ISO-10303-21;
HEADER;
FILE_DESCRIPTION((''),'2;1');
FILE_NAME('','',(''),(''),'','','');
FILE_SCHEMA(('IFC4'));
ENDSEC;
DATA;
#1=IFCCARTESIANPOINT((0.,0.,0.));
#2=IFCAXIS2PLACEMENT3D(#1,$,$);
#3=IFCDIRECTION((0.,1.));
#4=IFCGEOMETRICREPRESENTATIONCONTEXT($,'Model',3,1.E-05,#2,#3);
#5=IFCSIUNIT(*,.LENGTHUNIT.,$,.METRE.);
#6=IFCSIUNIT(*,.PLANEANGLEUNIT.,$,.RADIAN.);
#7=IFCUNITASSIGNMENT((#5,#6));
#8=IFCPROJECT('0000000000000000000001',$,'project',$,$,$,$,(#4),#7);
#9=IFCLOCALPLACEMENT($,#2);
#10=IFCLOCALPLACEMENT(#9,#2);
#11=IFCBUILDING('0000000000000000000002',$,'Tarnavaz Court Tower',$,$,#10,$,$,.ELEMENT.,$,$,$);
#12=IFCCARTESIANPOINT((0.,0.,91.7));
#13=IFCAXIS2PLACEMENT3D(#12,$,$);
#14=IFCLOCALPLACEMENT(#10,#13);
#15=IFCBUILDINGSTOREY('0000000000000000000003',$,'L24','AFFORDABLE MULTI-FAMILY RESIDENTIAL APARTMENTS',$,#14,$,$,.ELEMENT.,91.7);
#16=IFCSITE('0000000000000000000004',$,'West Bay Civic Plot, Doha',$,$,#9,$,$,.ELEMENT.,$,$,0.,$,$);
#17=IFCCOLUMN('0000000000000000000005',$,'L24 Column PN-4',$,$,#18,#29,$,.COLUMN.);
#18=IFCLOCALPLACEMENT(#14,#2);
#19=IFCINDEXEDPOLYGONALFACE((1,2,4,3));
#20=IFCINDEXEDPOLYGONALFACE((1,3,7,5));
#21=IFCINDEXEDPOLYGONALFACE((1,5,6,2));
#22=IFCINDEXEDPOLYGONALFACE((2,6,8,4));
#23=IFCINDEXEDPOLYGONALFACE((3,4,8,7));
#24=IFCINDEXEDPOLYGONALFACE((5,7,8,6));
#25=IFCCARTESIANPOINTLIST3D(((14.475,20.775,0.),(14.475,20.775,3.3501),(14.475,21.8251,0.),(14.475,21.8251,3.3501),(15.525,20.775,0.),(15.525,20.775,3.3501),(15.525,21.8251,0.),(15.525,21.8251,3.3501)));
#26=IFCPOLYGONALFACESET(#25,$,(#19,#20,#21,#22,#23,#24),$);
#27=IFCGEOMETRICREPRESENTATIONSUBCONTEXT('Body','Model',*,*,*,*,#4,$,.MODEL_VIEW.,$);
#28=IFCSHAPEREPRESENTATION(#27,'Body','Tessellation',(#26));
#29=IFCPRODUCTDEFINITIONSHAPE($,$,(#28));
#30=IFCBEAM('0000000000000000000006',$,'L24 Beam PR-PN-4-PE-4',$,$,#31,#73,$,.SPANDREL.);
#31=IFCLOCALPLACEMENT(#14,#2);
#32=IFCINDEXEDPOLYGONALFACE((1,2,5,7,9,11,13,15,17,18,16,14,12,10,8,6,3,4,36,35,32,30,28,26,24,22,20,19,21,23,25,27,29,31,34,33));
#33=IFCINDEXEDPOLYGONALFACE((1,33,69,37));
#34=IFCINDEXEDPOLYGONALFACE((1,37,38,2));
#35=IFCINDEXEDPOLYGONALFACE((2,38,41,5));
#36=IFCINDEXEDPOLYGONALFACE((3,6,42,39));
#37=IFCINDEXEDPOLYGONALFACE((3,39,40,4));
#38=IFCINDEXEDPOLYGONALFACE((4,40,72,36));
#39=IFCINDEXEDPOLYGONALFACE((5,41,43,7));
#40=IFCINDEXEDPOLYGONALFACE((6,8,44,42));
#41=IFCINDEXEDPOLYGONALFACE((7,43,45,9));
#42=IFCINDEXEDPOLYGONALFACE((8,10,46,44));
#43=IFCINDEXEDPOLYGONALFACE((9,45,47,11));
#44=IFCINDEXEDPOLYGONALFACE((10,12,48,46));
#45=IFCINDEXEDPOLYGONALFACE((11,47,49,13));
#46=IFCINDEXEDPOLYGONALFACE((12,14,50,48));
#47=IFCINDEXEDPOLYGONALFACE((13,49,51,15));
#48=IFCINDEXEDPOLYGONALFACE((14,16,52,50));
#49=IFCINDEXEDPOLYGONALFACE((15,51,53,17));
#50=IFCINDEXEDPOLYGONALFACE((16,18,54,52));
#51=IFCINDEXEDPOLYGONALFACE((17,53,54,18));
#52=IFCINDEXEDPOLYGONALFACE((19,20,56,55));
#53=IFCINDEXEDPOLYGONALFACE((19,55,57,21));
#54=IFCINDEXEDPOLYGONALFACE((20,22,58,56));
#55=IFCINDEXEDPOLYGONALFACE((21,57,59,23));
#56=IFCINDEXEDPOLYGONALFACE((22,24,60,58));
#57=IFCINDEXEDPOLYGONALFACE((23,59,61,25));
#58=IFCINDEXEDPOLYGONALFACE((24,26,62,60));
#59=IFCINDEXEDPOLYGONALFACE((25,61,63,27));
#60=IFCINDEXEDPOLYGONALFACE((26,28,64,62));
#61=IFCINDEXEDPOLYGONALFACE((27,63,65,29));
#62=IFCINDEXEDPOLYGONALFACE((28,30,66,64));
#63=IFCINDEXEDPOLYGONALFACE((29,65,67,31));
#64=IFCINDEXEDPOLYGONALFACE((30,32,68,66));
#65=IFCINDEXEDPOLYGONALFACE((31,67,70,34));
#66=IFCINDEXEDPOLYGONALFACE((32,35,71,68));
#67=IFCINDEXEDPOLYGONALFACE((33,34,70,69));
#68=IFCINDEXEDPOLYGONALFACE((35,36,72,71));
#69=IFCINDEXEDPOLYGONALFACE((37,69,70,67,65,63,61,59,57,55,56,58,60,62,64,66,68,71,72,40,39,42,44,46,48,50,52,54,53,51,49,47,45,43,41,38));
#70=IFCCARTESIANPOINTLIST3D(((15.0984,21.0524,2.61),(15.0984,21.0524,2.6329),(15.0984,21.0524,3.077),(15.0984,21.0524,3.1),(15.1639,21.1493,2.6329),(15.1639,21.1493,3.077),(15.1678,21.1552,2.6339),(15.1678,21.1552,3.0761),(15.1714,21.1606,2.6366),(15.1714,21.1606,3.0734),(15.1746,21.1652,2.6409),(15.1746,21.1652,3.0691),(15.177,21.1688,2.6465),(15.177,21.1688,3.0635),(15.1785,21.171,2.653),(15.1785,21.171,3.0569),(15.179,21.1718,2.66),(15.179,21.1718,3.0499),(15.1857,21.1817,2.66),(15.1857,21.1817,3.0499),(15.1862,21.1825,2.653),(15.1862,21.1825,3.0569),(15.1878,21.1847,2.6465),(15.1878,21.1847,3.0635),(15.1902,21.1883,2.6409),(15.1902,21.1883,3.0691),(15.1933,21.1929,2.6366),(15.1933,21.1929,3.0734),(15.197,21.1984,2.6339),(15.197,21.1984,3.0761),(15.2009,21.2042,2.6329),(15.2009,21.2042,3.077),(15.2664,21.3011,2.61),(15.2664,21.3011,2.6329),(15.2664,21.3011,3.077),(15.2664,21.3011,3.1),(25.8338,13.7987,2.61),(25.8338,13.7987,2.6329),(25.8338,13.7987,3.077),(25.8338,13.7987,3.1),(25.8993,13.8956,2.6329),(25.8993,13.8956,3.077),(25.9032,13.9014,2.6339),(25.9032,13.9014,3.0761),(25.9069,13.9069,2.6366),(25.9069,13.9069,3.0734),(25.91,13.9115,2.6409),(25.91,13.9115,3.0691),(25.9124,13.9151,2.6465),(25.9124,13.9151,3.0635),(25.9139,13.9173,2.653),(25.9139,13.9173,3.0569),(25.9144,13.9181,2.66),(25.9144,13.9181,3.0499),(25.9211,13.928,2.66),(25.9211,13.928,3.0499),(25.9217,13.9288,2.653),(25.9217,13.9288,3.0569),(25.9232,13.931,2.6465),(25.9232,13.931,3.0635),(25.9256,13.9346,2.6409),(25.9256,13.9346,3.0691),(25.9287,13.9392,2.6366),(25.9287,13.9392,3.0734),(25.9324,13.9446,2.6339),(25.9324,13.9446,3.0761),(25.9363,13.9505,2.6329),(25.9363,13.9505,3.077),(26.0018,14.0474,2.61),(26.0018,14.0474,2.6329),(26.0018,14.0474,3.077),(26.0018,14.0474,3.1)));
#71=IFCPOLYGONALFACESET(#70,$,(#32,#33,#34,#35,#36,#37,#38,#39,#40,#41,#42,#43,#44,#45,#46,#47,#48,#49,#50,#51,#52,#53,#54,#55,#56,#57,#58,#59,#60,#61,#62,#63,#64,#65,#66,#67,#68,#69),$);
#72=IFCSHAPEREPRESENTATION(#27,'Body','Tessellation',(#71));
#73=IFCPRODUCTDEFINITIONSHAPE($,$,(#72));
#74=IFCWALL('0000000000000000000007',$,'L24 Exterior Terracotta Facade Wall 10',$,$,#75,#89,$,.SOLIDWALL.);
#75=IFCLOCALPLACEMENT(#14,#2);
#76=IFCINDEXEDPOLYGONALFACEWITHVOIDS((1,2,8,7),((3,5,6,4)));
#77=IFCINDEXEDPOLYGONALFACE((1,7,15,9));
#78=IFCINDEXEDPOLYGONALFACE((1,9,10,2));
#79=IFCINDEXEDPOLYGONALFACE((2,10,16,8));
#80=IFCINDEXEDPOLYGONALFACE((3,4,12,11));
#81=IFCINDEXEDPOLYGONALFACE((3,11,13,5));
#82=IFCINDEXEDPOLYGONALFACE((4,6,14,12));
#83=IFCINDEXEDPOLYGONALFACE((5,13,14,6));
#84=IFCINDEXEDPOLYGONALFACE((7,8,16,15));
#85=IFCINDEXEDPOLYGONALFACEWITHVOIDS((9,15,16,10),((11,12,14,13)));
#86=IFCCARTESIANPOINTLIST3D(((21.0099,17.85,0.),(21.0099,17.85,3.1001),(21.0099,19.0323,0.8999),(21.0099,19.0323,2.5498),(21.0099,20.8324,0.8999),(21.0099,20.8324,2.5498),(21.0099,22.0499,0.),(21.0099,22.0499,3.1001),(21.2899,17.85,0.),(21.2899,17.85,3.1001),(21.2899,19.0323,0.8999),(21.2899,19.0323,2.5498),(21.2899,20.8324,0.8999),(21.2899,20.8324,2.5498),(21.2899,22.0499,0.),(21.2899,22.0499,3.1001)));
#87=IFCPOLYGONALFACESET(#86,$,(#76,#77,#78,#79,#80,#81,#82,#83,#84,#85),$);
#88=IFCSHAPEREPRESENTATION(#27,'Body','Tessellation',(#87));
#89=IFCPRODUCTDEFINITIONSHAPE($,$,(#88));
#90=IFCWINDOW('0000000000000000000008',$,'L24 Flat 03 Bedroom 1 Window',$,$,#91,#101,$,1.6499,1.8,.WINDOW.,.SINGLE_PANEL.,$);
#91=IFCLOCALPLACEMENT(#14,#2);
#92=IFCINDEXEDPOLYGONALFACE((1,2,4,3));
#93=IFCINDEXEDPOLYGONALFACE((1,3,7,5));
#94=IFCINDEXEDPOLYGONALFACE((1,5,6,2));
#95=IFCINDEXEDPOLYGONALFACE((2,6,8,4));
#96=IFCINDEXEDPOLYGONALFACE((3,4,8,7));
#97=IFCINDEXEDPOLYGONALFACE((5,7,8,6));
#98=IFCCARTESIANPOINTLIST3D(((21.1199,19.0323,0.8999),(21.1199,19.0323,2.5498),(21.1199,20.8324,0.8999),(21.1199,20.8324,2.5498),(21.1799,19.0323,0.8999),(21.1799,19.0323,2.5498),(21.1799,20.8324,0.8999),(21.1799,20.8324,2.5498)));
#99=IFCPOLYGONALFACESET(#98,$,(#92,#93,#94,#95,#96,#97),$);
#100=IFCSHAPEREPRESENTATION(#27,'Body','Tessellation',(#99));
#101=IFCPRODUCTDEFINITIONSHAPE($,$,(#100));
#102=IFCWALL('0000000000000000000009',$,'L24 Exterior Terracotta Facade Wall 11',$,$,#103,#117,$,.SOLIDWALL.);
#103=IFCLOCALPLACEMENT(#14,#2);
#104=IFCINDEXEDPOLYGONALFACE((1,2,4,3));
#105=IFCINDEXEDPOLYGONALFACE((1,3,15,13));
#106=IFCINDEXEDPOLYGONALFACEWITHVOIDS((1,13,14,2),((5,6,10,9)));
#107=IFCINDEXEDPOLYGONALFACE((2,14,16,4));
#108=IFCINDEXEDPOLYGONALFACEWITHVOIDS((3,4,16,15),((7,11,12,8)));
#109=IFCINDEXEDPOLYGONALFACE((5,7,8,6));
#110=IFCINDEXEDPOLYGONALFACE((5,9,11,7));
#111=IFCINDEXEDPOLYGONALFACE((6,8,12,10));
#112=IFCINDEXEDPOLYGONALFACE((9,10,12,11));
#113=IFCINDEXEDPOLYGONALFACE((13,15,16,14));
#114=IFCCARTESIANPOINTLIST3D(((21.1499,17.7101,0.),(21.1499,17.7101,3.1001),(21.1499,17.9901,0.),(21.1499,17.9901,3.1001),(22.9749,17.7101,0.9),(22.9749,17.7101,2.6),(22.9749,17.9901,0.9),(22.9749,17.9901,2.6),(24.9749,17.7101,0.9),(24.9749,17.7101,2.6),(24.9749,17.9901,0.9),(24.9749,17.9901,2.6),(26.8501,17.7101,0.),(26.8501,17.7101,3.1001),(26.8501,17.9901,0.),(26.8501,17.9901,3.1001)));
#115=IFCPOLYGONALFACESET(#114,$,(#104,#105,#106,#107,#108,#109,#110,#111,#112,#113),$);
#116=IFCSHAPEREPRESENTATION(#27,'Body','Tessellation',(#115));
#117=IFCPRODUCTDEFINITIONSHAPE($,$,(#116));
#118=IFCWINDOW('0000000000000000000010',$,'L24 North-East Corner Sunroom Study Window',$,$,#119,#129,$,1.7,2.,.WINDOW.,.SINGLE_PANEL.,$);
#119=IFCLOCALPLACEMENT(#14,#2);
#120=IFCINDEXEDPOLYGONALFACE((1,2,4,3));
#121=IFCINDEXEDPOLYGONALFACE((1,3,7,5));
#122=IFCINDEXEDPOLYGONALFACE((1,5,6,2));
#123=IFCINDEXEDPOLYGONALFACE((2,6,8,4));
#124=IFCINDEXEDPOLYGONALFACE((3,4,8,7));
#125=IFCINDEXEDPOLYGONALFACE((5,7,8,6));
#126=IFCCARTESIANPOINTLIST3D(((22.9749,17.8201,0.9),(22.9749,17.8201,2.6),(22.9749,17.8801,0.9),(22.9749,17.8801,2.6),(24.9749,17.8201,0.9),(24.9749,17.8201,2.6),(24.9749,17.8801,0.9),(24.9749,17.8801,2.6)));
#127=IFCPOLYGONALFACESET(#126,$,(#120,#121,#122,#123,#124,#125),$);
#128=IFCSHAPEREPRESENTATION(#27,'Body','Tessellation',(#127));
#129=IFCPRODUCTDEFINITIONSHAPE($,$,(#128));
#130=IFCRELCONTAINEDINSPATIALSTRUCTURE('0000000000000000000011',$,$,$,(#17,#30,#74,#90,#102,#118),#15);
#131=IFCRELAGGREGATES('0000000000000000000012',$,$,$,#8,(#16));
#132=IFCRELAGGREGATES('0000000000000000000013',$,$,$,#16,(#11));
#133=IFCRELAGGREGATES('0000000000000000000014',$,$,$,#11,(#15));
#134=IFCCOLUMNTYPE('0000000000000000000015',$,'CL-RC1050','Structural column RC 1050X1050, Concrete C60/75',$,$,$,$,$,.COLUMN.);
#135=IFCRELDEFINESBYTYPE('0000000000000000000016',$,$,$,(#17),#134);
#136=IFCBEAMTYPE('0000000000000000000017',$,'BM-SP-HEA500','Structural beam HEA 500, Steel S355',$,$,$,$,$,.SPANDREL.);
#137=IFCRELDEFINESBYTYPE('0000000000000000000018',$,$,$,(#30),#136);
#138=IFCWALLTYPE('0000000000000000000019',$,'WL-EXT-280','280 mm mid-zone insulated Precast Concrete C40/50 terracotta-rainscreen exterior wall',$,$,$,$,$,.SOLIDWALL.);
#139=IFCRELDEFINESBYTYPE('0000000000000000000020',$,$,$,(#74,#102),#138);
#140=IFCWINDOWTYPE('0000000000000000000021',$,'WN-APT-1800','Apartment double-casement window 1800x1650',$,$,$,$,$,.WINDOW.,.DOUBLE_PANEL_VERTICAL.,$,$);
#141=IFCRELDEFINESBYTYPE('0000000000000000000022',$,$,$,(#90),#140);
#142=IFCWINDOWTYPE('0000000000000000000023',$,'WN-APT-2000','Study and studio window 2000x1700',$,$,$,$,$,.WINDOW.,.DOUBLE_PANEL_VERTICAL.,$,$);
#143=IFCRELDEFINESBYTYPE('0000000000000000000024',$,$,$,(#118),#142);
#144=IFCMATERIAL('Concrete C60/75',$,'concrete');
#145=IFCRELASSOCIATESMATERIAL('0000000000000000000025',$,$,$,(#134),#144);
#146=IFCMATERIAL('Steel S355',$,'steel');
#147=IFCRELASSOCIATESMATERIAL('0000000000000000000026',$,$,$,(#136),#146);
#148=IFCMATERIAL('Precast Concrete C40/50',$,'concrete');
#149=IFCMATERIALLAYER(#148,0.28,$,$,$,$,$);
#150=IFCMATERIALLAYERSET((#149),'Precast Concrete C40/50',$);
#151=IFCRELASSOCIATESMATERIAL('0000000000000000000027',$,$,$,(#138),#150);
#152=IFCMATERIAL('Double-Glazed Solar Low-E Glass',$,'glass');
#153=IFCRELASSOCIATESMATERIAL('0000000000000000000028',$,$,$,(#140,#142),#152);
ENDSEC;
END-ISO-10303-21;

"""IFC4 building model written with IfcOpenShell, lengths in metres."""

from ifc_helpers import new_model, si_unit, direction, frame, frame_2d, origin, origin_2d, place, context, subcontext, project, spatial, rectangle, i_section, extrude, material, layer, layer_set, material_profile, profile_set, type_object, element, fill, save


model = new_model("IFC4")

# Units and contexts
model_context = context("Model", 3, precision=1e-05, world=origin(), true_north=direction((0.0, 1.0)))
body_context = subcontext(model_context, "Body", "Model", "MODEL_VIEW")
ifc_project = project(units=[si_unit("LENGTHUNIT", "METRE"), si_unit("PLANEANGLEUNIT", "RADIAN")], contexts=[model_context])

# Site, building, storey
site_placement = place(None, origin())
site = spatial("IfcSite", under=ifc_project, at=site_placement, Name="West Bay Civic Plot, Doha", CompositionType="ELEMENT", RefElevation=0.0)
building_placement = place(site_placement, origin())
building = spatial("IfcBuilding", under=site, at=building_placement, Name="Tarnavaz Court Tower", CompositionType="ELEMENT")
storey_placement = place(building_placement, frame((0.0, 0.0, 91.7)))
storey = spatial("IfcBuildingStorey", under=building, at=storey_placement, Name="L24", Description="AFFORDABLE MULTI-FAMILY RESIDENTIAL APARTMENTS", CompositionType="ELEMENT", Elevation=91.7)

# Column
ifc_material_1 = material(Name="Concrete C60/75", Category="concrete")
ifc_material_profile_1 = material_profile(ifc_material_1, rectangle(XDim=1.05, YDim=1.05, at=origin_2d()), Name="RC 1050X1050")
ifc_profile_set_1 = profile_set([ifc_material_profile_1], Name="Concrete C60/75")
column_type = type_object("IfcColumnType", Name="CL-RC1050", Description="Structural column RC 1050X1050, Concrete C60/75", PredefinedType="COLUMN", material=ifc_profile_set_1)
column_placement = place(storey_placement, frame((15.0, 21.3, 0.0), z_axis=(0.0, 0.0, 1.0), x_axis=(1.0, 0.0, 0.0)))
element("IfcColumn", 1, at=column_placement, inside=storey, type_object=column_type, Name="L24 Column PN-4", PredefinedType="COLUMN", context=body_context, shape_type="SweptSolid", body=[
    extrude(rectangle(XDim=1.05, YDim=1.05, at=origin_2d()), origin(), (0.0, 0.0, 1.0), 3.3501),
])

# Beam
ifc_material_2 = material(Name="Steel S355", Category="steel")
ifc_material_profile_2 = material_profile(ifc_material_2, i_section(OverallWidth=0.3, OverallDepth=0.49, WebThickness=0.012, FlangeThickness=0.0229, FilletRadius=0.0271, at=origin_2d()), Name="HEA 500")
ifc_profile_set_2 = profile_set([ifc_material_profile_2], Name="Steel S355")
beam_type = type_object("IfcBeamType", Name="BM-SP-HEA500", Description="Structural beam HEA 500, Steel S355", PredefinedType="SPANDREL", material=ifc_profile_set_2)
beam_placement = place(storey_placement, frame((15.1824, 21.1768, 2.855), z_axis=(0.828587, -0.55986, 0.0), x_axis=(0.55986, 0.828587, 0.0)))
element("IfcBeam", 2, at=beam_placement, inside=storey, type_object=beam_type, Name="L24 Beam PR-PN-4-PE-4", PredefinedType="SPANDREL", context=body_context, shape_type="SweptSolid", body=[
    extrude(i_section(OverallWidth=0.3, OverallDepth=0.49, WebThickness=0.012, FlangeThickness=0.0229, FilletRadius=0.0271, at=origin_2d()), origin(), (0.0, 0.0, 1.0), 12.9563),
])

# Walls, openings, windows
ifc_material_3 = material(Name="Precast Concrete C40/50", Category="concrete")
ifc_layer = layer(ifc_material_3, 0.28)
ifc_layer_set = layer_set([ifc_layer], Name="Precast Concrete C40/50")
wall_type = type_object("IfcWallType", Name="WL-EXT-280", Description="280 mm mid-zone insulated Precast Concrete C40/50 terracotta-rainscreen exterior wall", PredefinedType="SOLIDWALL", material=ifc_layer_set)
wall_1_placement = place(storey_placement, frame((21.1499, 22.05, 0.0), z_axis=(0.0, 0.0, 1.0), x_axis=(0.0, -1.0, 0.0)))
wall_1 = element("IfcWall", 3, at=wall_1_placement, inside=storey, type_object=wall_type, Name="L24 Exterior Terracotta Facade Wall 10", PredefinedType="SOLIDWALL", context=body_context, shape_type="SweptSolid", body=[
    extrude(rectangle(XDim=4.2, YDim=0.28, at=frame_2d((2.1001, 0.0))), origin(), (0.0, 0.0, 1.0), 3.1001),
])
opening_1_placement = place(wall_1_placement, frame((1.2178, 0.0, 0.8999)))
opening_1 = element("IfcOpeningElement", 4, at=opening_1_placement, cuts=wall_1, PredefinedType="OPENING", context=body_context, shape_type="SweptSolid", body=[
    extrude(rectangle(XDim=1.8, YDim=1.6499, at=frame_2d((0.8999, 0.825))), frame((0.0, 0.1499, 0.0), z_axis=(0.0, -1.0, 0.0), x_axis=(1.0, 0.0, 0.0)), (0.0, 0.0, 1.0), 0.3),
])
ifc_material_4 = material(Name="Double-Glazed Solar Low-E Glass", Category="glass")
window_type_1 = type_object("IfcWindowType", Name="WN-APT-1800", Description="Apartment double-casement window 1800x1650", PartitioningType="DOUBLE_PANEL_VERTICAL", PredefinedType="WINDOW", material=ifc_material_4)
window_1_placement = place(opening_1_placement, origin())
window_1 = element("IfcWindow", 5, at=window_1_placement, inside=storey, type_object=window_type_1, Name="L24 Flat 03 Bedroom 1 Window", OverallHeight=1.6499, OverallWidth=1.8, PartitioningType="SINGLE_PANEL", PredefinedType="WINDOW", context=body_context, shape_type="SweptSolid", body=[
    extrude(rectangle(XDim=1.8, YDim=1.6499, at=frame_2d((0.8999, 0.825))), frame((0.0, 0.03, 0.0), z_axis=(0.0, -1.0, 0.0), x_axis=(1.0, 0.0, 0.0)), (0.0, 0.0, 1.0), 0.0601),
])
fill(opening_1, window_1)
wall_2_placement = place(storey_placement, frame((21.1499, 17.8501, 0.0), z_axis=(0.0, 0.0, 1.0), x_axis=(1.0, 0.0, 0.0)))
wall_2 = element("IfcWall", 6, at=wall_2_placement, inside=storey, type_object=wall_type, Name="L24 Exterior Terracotta Facade Wall 11", PredefinedType="SOLIDWALL", context=body_context, shape_type="SweptSolid", body=[
    extrude(rectangle(XDim=5.7002, YDim=0.28, at=frame_2d((2.8501, 0.0))), origin(), (0.0, 0.0, 1.0), 3.1001),
])
opening_2_placement = place(wall_2_placement, frame((1.825, 0.0, 0.8999)))
opening_2 = element("IfcOpeningElement", 7, at=opening_2_placement, cuts=wall_2, PredefinedType="OPENING", context=body_context, shape_type="SweptSolid", body=[
    extrude(rectangle(XDim=2.0, YDim=1.7, at=frame_2d((1.0, 0.8501))), frame((0.0, 0.1499, 0.0), z_axis=(0.0, -1.0, 0.0), x_axis=(1.0, 0.0, 0.0)), (0.0, 0.0, 1.0), 0.3),
])
window_type_2 = type_object("IfcWindowType", Name="WN-APT-2000", Description="Study and studio window 2000x1700", PartitioningType="DOUBLE_PANEL_VERTICAL", PredefinedType="WINDOW", material=ifc_material_4)
window_2_placement = place(opening_2_placement, origin())
window_2 = element("IfcWindow", 8, at=window_2_placement, inside=storey, type_object=window_type_2, Name="L24 North-East Corner Sunroom Study Window", OverallHeight=1.7, OverallWidth=2.0, PartitioningType="SINGLE_PANEL", PredefinedType="WINDOW", context=body_context, shape_type="SweptSolid", body=[
    extrude(rectangle(XDim=2.0, YDim=1.7, at=frame_2d((1.0, 0.8501))), frame((0.0, 0.03, 0.0), z_axis=(0.0, -1.0, 0.0), x_axis=(1.0, 0.0, 0.0)), (0.0, 0.0, 1.0), 0.0601),
])
fill(opening_2, window_2)

save(model, "model.ifc")
